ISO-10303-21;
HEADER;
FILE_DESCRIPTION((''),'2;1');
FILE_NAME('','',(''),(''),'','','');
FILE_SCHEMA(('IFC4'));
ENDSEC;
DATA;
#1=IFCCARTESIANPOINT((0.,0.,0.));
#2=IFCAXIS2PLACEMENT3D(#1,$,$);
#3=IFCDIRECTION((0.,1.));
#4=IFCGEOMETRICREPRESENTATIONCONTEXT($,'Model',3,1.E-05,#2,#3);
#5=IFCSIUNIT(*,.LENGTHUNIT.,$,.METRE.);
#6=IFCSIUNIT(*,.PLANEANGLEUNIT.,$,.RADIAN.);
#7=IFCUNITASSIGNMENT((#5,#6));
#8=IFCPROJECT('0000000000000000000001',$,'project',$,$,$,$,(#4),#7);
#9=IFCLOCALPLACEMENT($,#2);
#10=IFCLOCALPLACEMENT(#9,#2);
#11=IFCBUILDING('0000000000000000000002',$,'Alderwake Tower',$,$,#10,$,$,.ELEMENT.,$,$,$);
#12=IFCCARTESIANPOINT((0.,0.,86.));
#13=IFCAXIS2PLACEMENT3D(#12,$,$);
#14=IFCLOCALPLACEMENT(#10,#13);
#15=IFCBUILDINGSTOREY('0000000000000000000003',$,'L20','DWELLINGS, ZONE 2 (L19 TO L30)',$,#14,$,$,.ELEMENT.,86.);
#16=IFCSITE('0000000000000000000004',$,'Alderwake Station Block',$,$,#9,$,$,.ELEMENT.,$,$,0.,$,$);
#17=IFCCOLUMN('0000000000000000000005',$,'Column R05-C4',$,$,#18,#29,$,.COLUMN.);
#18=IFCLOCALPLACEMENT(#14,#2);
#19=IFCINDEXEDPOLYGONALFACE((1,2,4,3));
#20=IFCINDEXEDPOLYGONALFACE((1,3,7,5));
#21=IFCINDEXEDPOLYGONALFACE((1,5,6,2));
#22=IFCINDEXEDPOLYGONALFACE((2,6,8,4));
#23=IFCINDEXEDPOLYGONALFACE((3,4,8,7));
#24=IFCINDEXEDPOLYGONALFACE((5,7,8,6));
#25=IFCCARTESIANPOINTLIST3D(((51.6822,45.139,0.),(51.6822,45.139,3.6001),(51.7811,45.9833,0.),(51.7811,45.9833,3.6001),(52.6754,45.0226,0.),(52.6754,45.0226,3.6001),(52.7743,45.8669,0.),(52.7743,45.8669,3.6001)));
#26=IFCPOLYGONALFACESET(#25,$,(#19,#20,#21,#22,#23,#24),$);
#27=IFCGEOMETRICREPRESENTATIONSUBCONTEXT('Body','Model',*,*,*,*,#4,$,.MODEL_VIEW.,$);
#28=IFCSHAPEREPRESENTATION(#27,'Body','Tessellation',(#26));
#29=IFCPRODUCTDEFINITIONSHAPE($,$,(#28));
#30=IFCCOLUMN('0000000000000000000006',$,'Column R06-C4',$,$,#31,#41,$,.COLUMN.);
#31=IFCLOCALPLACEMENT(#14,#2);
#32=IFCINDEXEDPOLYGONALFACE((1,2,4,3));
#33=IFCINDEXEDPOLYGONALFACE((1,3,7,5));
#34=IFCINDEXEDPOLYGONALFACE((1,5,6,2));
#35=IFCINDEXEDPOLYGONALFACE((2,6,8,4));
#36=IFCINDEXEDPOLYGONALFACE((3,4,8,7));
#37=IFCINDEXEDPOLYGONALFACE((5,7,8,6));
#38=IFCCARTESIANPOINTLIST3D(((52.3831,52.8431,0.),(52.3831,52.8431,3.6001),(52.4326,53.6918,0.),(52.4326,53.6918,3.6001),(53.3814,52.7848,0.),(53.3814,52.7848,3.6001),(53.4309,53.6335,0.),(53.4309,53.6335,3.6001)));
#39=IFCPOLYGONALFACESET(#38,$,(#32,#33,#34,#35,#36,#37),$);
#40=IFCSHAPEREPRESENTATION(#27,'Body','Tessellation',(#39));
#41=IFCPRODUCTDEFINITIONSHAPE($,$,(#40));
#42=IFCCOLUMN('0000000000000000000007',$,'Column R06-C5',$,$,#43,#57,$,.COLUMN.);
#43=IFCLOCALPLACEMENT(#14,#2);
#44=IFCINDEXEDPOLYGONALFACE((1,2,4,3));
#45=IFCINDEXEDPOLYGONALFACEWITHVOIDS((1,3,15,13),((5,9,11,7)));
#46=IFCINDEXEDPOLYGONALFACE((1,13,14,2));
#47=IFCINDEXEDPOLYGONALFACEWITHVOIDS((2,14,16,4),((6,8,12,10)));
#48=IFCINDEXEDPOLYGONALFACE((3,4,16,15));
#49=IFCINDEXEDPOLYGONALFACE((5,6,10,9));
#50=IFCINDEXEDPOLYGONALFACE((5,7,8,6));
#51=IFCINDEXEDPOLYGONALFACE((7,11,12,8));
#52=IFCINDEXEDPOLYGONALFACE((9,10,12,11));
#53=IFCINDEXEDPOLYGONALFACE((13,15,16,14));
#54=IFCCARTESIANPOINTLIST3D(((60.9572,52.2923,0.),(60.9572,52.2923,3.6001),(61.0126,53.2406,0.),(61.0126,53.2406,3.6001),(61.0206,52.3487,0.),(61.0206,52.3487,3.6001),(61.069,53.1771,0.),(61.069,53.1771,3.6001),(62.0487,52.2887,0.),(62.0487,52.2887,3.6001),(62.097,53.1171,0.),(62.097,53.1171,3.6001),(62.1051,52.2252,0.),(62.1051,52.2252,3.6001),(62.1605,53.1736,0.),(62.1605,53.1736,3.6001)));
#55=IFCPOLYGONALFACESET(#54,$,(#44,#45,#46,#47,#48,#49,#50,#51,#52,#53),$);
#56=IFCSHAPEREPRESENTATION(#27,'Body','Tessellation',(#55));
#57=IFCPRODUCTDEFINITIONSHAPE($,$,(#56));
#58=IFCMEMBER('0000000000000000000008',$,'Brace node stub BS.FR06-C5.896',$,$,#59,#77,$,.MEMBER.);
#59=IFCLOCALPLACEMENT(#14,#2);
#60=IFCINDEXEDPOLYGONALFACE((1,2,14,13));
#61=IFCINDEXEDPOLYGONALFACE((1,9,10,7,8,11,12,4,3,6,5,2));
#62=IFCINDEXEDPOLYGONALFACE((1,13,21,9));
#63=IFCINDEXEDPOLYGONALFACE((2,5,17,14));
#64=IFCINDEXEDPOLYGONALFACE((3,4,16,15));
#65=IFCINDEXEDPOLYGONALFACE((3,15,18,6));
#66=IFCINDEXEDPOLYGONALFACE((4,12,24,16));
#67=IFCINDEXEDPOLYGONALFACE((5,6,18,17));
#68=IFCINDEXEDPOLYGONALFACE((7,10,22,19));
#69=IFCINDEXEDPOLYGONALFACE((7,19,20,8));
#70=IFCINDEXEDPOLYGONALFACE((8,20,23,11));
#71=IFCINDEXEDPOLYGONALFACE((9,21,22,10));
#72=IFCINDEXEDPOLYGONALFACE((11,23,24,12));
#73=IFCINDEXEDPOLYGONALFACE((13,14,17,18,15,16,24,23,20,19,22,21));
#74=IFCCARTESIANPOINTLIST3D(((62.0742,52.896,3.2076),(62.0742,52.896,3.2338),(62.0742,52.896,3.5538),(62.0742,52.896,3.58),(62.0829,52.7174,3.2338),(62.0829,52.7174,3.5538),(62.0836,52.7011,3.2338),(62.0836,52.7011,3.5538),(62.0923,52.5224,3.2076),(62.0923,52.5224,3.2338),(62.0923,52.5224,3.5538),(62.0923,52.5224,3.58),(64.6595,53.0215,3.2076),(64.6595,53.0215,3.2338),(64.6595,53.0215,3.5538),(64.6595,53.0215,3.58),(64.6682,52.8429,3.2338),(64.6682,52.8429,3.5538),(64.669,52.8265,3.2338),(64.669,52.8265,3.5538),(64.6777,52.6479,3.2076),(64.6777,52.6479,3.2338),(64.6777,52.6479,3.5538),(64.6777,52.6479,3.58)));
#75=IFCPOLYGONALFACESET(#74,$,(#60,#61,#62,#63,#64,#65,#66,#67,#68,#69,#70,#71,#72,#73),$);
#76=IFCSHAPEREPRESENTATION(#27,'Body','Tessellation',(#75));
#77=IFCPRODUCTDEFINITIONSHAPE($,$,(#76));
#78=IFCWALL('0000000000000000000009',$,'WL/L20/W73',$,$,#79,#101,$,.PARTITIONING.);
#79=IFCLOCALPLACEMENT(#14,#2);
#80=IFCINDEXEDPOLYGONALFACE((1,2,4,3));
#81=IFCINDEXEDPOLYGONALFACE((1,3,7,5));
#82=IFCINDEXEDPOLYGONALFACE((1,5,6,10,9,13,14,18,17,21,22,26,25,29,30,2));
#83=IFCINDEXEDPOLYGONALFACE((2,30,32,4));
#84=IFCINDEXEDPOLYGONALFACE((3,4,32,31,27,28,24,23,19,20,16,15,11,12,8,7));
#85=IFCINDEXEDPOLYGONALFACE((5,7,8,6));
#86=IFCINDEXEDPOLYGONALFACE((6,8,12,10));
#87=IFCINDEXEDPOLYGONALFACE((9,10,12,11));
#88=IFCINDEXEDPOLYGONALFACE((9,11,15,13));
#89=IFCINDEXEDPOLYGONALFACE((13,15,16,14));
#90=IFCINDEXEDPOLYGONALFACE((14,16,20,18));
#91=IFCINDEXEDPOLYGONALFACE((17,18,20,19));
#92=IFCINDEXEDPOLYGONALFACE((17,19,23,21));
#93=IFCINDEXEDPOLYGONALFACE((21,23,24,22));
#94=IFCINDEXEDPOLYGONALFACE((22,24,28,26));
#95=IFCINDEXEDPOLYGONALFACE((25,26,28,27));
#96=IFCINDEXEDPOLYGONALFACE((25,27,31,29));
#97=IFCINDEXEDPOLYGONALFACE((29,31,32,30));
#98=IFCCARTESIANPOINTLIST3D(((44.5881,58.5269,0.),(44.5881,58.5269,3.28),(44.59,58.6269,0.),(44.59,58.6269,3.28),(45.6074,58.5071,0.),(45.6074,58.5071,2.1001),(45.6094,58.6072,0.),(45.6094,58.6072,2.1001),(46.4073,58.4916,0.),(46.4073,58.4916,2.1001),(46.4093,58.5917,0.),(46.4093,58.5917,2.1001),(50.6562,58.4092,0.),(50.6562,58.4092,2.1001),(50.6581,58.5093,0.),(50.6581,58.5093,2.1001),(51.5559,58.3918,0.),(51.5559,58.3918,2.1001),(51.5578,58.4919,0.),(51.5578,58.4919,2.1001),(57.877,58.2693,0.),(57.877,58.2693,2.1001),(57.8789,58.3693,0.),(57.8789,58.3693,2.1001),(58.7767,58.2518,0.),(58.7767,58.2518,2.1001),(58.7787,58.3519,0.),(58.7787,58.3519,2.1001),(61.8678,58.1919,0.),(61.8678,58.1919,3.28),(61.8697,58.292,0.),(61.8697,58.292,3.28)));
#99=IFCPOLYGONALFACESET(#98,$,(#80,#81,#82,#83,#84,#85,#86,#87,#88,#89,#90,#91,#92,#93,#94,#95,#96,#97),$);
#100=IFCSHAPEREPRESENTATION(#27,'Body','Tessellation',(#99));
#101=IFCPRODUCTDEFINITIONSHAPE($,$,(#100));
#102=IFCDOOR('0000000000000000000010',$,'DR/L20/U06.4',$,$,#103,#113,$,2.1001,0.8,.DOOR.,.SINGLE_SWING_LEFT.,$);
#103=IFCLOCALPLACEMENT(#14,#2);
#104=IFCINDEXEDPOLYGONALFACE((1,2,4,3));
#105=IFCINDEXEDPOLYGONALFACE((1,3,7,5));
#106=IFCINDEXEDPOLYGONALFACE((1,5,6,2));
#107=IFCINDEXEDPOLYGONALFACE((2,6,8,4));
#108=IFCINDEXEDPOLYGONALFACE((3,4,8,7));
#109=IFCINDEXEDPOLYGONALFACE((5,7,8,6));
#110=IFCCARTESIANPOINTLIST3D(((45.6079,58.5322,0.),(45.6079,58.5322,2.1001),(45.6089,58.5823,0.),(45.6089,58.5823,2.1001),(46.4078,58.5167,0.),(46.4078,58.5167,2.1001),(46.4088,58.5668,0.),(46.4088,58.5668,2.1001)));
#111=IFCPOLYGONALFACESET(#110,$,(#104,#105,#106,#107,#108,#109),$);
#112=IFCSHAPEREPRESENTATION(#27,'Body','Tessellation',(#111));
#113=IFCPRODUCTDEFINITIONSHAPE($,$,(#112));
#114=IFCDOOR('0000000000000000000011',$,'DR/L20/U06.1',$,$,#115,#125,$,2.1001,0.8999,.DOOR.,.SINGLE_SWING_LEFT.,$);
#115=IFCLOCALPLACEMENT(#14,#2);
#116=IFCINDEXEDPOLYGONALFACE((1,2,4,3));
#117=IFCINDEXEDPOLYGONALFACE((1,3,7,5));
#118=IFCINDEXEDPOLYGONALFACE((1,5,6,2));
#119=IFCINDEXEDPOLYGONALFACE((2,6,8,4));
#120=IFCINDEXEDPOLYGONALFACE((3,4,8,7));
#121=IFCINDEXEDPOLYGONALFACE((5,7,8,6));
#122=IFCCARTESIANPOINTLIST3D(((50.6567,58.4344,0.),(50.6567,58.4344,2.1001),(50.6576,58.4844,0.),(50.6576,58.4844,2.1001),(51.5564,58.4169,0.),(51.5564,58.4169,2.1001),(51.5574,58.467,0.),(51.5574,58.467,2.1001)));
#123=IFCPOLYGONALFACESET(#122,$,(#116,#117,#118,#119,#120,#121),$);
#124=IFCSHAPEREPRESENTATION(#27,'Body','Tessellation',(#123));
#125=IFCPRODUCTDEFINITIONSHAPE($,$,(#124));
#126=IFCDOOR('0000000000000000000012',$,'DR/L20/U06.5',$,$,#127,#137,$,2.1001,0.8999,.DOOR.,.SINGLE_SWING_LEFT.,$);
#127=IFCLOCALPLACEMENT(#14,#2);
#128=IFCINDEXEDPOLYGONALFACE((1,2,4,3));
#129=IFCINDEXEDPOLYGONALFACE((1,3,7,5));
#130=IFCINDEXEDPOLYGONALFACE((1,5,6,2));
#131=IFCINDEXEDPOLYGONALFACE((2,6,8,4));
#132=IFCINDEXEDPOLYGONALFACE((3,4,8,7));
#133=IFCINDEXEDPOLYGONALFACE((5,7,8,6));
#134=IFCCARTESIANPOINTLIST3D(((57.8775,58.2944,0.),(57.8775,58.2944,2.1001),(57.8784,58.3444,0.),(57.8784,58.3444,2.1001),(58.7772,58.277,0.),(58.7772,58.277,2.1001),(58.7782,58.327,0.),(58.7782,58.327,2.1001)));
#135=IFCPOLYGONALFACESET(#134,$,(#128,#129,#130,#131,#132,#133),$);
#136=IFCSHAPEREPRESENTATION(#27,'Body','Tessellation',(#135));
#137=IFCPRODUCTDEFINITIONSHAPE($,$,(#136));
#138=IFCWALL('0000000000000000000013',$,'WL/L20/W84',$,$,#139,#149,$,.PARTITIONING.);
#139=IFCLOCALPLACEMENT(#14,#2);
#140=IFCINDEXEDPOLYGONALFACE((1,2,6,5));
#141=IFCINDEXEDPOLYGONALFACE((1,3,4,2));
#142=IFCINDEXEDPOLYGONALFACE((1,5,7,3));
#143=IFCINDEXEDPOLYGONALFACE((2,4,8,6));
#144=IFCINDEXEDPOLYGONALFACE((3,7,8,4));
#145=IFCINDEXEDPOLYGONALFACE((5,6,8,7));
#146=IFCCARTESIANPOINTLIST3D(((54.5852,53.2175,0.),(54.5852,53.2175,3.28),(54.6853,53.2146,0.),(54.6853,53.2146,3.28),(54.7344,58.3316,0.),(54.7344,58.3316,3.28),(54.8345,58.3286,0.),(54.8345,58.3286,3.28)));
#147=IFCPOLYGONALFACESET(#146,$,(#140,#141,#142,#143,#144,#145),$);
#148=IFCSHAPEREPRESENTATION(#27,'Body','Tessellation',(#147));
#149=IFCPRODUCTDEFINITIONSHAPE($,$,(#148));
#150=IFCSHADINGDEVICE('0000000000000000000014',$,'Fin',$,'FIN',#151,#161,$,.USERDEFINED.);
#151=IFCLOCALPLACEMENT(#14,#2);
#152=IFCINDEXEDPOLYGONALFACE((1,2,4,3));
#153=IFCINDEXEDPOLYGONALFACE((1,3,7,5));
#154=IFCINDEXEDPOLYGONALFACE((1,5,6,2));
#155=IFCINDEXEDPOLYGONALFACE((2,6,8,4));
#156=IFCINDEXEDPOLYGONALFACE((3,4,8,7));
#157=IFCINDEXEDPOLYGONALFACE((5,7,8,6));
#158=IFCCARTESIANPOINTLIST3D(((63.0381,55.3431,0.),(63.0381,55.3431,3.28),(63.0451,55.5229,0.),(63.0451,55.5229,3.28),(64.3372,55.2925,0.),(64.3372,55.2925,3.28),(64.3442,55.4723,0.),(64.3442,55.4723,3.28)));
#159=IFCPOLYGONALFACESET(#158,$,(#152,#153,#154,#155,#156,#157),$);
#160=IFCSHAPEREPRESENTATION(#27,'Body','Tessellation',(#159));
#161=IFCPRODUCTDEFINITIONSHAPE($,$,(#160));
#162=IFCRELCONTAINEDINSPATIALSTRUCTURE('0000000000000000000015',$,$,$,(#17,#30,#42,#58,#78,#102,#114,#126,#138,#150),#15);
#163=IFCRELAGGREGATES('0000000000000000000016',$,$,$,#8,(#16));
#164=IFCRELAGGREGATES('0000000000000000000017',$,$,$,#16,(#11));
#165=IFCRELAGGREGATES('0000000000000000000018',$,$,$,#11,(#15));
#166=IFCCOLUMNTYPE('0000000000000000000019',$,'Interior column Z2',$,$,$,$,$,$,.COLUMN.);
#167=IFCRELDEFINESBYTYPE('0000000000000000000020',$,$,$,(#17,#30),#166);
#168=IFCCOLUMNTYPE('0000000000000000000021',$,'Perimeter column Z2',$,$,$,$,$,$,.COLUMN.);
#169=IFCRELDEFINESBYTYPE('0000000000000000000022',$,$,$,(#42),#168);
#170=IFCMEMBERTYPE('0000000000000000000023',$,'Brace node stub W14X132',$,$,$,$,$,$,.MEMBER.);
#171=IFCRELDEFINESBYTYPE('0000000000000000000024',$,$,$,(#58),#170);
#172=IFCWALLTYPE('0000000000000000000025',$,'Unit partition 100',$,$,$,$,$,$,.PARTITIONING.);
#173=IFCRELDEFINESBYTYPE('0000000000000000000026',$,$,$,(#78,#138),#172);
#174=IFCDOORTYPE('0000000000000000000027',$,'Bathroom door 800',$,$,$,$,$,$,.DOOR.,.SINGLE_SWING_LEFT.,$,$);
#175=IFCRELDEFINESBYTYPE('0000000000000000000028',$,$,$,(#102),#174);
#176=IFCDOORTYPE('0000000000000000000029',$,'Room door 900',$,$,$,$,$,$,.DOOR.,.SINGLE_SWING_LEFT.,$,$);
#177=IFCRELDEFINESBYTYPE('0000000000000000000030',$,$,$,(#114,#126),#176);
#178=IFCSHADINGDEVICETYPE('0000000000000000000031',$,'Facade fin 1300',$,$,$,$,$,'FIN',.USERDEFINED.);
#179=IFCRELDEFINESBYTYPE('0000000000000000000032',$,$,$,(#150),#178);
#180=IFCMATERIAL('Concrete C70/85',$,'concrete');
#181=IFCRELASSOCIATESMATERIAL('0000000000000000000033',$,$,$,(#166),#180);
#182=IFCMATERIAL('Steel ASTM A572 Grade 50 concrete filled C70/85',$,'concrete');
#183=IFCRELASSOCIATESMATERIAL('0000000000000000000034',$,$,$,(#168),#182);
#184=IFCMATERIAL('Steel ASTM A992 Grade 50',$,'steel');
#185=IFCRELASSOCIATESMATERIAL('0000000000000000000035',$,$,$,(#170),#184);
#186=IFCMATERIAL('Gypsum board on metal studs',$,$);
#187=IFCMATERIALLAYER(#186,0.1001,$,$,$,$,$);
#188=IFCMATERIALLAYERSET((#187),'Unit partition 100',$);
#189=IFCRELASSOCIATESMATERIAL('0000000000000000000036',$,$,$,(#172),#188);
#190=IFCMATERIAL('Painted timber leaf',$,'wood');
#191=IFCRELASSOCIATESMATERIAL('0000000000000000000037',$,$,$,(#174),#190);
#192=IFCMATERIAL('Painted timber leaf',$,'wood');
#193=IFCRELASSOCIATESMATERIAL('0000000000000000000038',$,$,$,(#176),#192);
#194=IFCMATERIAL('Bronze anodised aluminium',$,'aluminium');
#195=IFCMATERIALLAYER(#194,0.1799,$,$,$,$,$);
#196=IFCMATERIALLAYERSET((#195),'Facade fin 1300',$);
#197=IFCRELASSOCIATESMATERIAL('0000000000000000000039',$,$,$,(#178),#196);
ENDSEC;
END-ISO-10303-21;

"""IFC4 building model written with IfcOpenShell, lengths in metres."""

from ifc_helpers import new_model, si_unit, direction, frame, frame_2d, origin, origin_2d, place, context, subcontext, project, spatial, rectangle, hollow_rectangle, i_section, extrude, material, layer, layer_set, material_profile, profile_set, type_object, element, fill, save


model = new_model("IFC4")

# Units and contexts
model_context = context("Model", 3, precision=1e-05, world=origin(), true_north=direction((0.0, 1.0)))
body_context = subcontext(model_context, "Body", "Model", "MODEL_VIEW")
ifc_project = project(units=[si_unit("LENGTHUNIT", "METRE"), si_unit("PLANEANGLEUNIT", "RADIAN")], contexts=[model_context])

# Site, building, storey
site_placement = place(None, origin())
site = spatial("IfcSite", under=ifc_project, at=site_placement, Name="Alderwake Station Block", CompositionType="ELEMENT", RefElevation=0.0)
building_placement = place(site_placement, origin())
building = spatial("IfcBuilding", under=site, at=building_placement, Name="Alderwake Tower", CompositionType="ELEMENT")
storey_placement = place(building_placement, frame((0.0, 0.0, 86.0)))
storey = spatial("IfcBuildingStorey", under=building, at=storey_placement, Name="L20", Description="DWELLINGS, ZONE 2 (L19 TO L30)", CompositionType="ELEMENT", Elevation=86.0)

# Columns
ifc_material_1 = material(Name="Concrete C70/85", Category="concrete")
ifc_material_profile_1 = material_profile(ifc_material_1, rectangle(XDim=0.8501, YDim=1.0, at=origin_2d()), Name="RC 1000X850")
ifc_profile_set_1 = profile_set([ifc_material_profile_1], Name="Concrete C70/85")
column_type_1 = type_object("IfcColumnType", Name="Interior column Z2", PredefinedType="COLUMN", material=ifc_profile_set_1)
for number, where, z_axis, x_axis, name in (
    (1, (52.2283, 45.5029, 0.0), (0.0, 0.0, 1.0), (0.116402, 0.993202, 0.0), "Column R05-C4"),
    (2, (52.907, 53.2383, 0.0), (0.0, 0.0, 1.0), (0.058301, 0.998299, 0.0), "Column R06-C4"),
):
    element("IfcColumn", number, at=place(storey_placement, frame(where, z_axis=z_axis, x_axis=x_axis)), inside=storey, type_object=column_type_1, Name=name, PredefinedType="COLUMN", context=body_context, shape_type="SweptSolid", body=[
        extrude(rectangle(XDim=0.8501, YDim=1.0, at=origin_2d()), origin(), (0.0, 0.0, 1.0), 3.6001),
    ])
ifc_material_2 = material(Name="Steel ASTM A572 Grade 50 concrete filled C70/85", Category="concrete")
ifc_material_profile_2 = material_profile(ifc_material_2, hollow_rectangle(XDim=0.95, YDim=1.1499, WallThickness=0.0601, at=origin_2d()), Name="BOX 1150X950X60")
ifc_profile_set_2 = profile_set([ifc_material_profile_2], Name="Steel ASTM A572 Grade 50 concrete filled C70/85")
column_type_2 = type_object("IfcColumnType", Name="Perimeter column Z2", PredefinedType="COLUMN", material=ifc_profile_set_2)
column_placement = place(storey_placement, frame((61.5588, 52.7329, 0.0), z_axis=(0.0, 0.0, 1.0), x_axis=(0.058301, 0.998299, 0.0)))
element("IfcColumn", 3, at=column_placement, inside=storey, type_object=column_type_2, Name="Column R06-C5", PredefinedType="COLUMN", context=body_context, shape_type="SweptSolid", body=[
    extrude(hollow_rectangle(XDim=0.95, YDim=1.1499, WallThickness=0.0601, at=origin_2d()), origin(), (0.0, 0.0, 1.0), 3.6001),
])

# Member
ifc_material_3 = material(Name="Steel ASTM A992 Grade 50", Category="steel")
ifc_material_profile_3 = material_profile(ifc_material_3, i_section(OverallWidth=0.374, OverallDepth=0.3723, WebThickness=0.0164, FlangeThickness=0.0261, at=origin_2d()), Name="W14X132")
ifc_profile_set_3 = profile_set([ifc_material_profile_3], Name="Steel ASTM A992 Grade 50")
member_type = type_object("IfcMemberType", Name="Brace node stub W14X132", PredefinedType="MEMBER", material=ifc_profile_set_3)
member_placement = place(storey_placement, frame((62.0833, 52.7092, 3.3938), z_axis=(0.998824, 0.048479, 0.0), x_axis=(-0.048479, 0.998824, 0.0)))
element("IfcMember", 4, at=member_placement, inside=storey, type_object=member_type, Name="Brace node stub BS.FR06-C5.896", PredefinedType="MEMBER", context=body_context, shape_type="SweptSolid", body=[
    extrude(i_section(OverallWidth=0.374, OverallDepth=0.3723, WebThickness=0.0164, FlangeThickness=0.0261, at=origin_2d()), origin(), (0.0, 0.0, 1.0), 2.5884),
])

# Wall, openings, doors
ifc_material_4 = material(Name="Gypsum board on metal studs")
ifc_layer_1 = layer(ifc_material_4, 0.1001)
ifc_layer_set_1 = layer_set([ifc_layer_1], Name="Unit partition 100")
wall_type_1 = type_object("IfcWallType", Name="Unit partition 100", PredefinedType="PARTITIONING", material=ifc_layer_set_1)
wall_1_placement = place(storey_placement, frame((61.8689, 58.2419, 0.0), z_axis=(0.0, 0.0, 1.0), x_axis=(-0.999812, 0.019381, 0.0)))
wall_1 = element("IfcWall", 5, at=wall_1_placement, inside=storey, type_object=wall_type_1, Name="WL/L20/W73", PredefinedType="PARTITIONING", context=body_context, shape_type="SweptSolid", body=[
    extrude(rectangle(XDim=17.283, YDim=0.1001, at=frame_2d((8.6416, 0.0))), origin(), (0.0, 0.0, 1.0), 3.28),
])
opening_1_placement = place(wall_1_placement, frame((10.314, 0.0, 0.0)))
opening_1 = element("IfcOpeningElement", 6, at=opening_1_placement, cuts=wall_1, PredefinedType="OPENING", context=body_context, shape_type="SweptSolid", body=[
    extrude(rectangle(XDim=0.8999, YDim=2.1001, at=frame_2d((0.45, 1.05))), frame((0.0, 0.0601, 0.0), z_axis=(0.0, -1.0, 0.0), x_axis=(1.0, 0.0, 0.0)), (0.0, 0.0, 1.0), 0.1201),
])
opening_2_placement = place(wall_1_placement, frame((15.4636, 0.0, 0.0)))
opening_2 = element("IfcOpeningElement", 7, at=opening_2_placement, cuts=wall_1, PredefinedType="OPENING", context=body_context, shape_type="SweptSolid", body=[
    extrude(rectangle(XDim=0.8, YDim=2.1001, at=frame_2d((0.3999, 1.05))), frame((0.0, 0.0601, 0.0), z_axis=(0.0, -1.0, 0.0), x_axis=(1.0, 0.0, 0.0)), (0.0, 0.0, 1.0), 0.1201),
])
opening_3_placement = place(wall_1_placement, frame((3.0918, 0.0, 0.0)))
opening_3 = element("IfcOpeningElement", 8, at=opening_3_placement, cuts=wall_1, PredefinedType="OPENING", context=body_context, shape_type="SweptSolid", body=[
    extrude(rectangle(XDim=0.8999, YDim=2.1001, at=frame_2d((0.45, 1.05))), frame((0.0, 0.0601, 0.0), z_axis=(0.0, -1.0, 0.0), x_axis=(1.0, 0.0, 0.0)), (0.0, 0.0, 1.0), 0.1201),
])
ifc_material_5 = material(Name="Painted timber leaf", Category="wood")
door_type_1 = type_object("IfcDoorType", Name="Bathroom door 800", OperationType="SINGLE_SWING_LEFT", PredefinedType="DOOR", material=ifc_material_5)
door_1_placement = place(opening_2_placement, origin())
door_1 = element("IfcDoor", 9, at=door_1_placement, inside=storey, type_object=door_type_1, Name="DR/L20/U06.4", OperationType="SINGLE_SWING_LEFT", OverallHeight=2.1001, OverallWidth=0.8, PredefinedType="DOOR", context=body_context, shape_type="SweptSolid", body=[
    extrude(rectangle(XDim=0.8, YDim=2.1001, at=frame_2d((0.3999, 1.05))), frame((0.0, 0.0249, 0.0), z_axis=(0.0, -1.0, 0.0), x_axis=(1.0, 0.0, 0.0)), (0.0, 0.0, 1.0), 0.05),
])
fill(opening_2, door_1)
ifc_material_6 = material(Name="Painted timber leaf", Category="wood")
door_type_2 = type_object("IfcDoorType", Name="Room door 900", OperationType="SINGLE_SWING_LEFT", PredefinedType="DOOR", material=ifc_material_6)
door_2_placement = place(opening_1_placement, origin())
door_2 = element("IfcDoor", 10, at=door_2_placement, inside=storey, type_object=door_type_2, Name="DR/L20/U06.1", OperationType="SINGLE_SWING_LEFT", OverallHeight=2.1001, OverallWidth=0.8999, PredefinedType="DOOR", context=body_context, shape_type="SweptSolid", body=[
    extrude(rectangle(XDim=0.8999, YDim=2.1001, at=frame_2d((0.45, 1.05))), frame((0.0, 0.0249, 0.0), z_axis=(0.0, -1.0, 0.0), x_axis=(1.0, 0.0, 0.0)), (0.0, 0.0, 1.0), 0.05),
])
fill(opening_1, door_2)
door_3_placement = place(opening_3_placement, origin())
door_3 = element("IfcDoor", 11, at=door_3_placement, inside=storey, type_object=door_type_2, Name="DR/L20/U06.5", OperationType="SINGLE_SWING_LEFT", OverallHeight=2.1001, OverallWidth=0.8999, PredefinedType="DOOR", context=body_context, shape_type="SweptSolid", body=[
    extrude(rectangle(XDim=0.8999, YDim=2.1001, at=frame_2d((0.45, 1.05))), frame((0.0, 0.0249, 0.0), z_axis=(0.0, -1.0, 0.0), x_axis=(1.0, 0.0, 0.0)), (0.0, 0.0, 1.0), 0.05),
])
fill(opening_3, door_3)

# Wall
wall_2_placement = place(storey_placement, frame((54.6353, 53.2161, 0.0), z_axis=(0.0, 0.0, 1.0), x_axis=(0.029156, 0.999575, 0.0)))
element("IfcWall", 12, at=wall_2_placement, inside=storey, type_object=wall_type_1, Name="WL/L20/W84", PredefinedType="PARTITIONING", context=body_context, shape_type="SweptSolid", body=[
    extrude(rectangle(XDim=5.1162, YDim=0.1001, at=frame_2d((2.5581, 0.0))), origin(), (0.0, 0.0, 1.0), 3.28),
])

# Shading device
ifc_material_7 = material(Name="Bronze anodised aluminium", Category="aluminium")
ifc_layer_2 = layer(ifc_material_7, 0.1799)
ifc_layer_set_2 = layer_set([ifc_layer_2], Name="Facade fin 1300")
shading_device_type_1 = type_object("IfcShadingDeviceType", Name="Facade fin 1300", ElementType="FIN", PredefinedType="USERDEFINED", material=ifc_layer_set_2)
shading_device_1_placement = place(storey_placement, frame((63.6912, 55.4077, 0.0), z_axis=(0.0, 0.0, 1.0), x_axis=(0.999243, -0.03889, 0.0)))
element("IfcShadingDevice", 13, at=shading_device_1_placement, inside=storey, type_object=shading_device_type_1, Name="Fin", ObjectType="FIN", PredefinedType="USERDEFINED", context=body_context, shape_type="SweptSolid", body=[
    extrude(rectangle(XDim=1.3, YDim=0.1799, at=origin_2d()), origin(), (0.0, 0.0, 1.0), 3.28),
])

save(model, "model.ifc")
